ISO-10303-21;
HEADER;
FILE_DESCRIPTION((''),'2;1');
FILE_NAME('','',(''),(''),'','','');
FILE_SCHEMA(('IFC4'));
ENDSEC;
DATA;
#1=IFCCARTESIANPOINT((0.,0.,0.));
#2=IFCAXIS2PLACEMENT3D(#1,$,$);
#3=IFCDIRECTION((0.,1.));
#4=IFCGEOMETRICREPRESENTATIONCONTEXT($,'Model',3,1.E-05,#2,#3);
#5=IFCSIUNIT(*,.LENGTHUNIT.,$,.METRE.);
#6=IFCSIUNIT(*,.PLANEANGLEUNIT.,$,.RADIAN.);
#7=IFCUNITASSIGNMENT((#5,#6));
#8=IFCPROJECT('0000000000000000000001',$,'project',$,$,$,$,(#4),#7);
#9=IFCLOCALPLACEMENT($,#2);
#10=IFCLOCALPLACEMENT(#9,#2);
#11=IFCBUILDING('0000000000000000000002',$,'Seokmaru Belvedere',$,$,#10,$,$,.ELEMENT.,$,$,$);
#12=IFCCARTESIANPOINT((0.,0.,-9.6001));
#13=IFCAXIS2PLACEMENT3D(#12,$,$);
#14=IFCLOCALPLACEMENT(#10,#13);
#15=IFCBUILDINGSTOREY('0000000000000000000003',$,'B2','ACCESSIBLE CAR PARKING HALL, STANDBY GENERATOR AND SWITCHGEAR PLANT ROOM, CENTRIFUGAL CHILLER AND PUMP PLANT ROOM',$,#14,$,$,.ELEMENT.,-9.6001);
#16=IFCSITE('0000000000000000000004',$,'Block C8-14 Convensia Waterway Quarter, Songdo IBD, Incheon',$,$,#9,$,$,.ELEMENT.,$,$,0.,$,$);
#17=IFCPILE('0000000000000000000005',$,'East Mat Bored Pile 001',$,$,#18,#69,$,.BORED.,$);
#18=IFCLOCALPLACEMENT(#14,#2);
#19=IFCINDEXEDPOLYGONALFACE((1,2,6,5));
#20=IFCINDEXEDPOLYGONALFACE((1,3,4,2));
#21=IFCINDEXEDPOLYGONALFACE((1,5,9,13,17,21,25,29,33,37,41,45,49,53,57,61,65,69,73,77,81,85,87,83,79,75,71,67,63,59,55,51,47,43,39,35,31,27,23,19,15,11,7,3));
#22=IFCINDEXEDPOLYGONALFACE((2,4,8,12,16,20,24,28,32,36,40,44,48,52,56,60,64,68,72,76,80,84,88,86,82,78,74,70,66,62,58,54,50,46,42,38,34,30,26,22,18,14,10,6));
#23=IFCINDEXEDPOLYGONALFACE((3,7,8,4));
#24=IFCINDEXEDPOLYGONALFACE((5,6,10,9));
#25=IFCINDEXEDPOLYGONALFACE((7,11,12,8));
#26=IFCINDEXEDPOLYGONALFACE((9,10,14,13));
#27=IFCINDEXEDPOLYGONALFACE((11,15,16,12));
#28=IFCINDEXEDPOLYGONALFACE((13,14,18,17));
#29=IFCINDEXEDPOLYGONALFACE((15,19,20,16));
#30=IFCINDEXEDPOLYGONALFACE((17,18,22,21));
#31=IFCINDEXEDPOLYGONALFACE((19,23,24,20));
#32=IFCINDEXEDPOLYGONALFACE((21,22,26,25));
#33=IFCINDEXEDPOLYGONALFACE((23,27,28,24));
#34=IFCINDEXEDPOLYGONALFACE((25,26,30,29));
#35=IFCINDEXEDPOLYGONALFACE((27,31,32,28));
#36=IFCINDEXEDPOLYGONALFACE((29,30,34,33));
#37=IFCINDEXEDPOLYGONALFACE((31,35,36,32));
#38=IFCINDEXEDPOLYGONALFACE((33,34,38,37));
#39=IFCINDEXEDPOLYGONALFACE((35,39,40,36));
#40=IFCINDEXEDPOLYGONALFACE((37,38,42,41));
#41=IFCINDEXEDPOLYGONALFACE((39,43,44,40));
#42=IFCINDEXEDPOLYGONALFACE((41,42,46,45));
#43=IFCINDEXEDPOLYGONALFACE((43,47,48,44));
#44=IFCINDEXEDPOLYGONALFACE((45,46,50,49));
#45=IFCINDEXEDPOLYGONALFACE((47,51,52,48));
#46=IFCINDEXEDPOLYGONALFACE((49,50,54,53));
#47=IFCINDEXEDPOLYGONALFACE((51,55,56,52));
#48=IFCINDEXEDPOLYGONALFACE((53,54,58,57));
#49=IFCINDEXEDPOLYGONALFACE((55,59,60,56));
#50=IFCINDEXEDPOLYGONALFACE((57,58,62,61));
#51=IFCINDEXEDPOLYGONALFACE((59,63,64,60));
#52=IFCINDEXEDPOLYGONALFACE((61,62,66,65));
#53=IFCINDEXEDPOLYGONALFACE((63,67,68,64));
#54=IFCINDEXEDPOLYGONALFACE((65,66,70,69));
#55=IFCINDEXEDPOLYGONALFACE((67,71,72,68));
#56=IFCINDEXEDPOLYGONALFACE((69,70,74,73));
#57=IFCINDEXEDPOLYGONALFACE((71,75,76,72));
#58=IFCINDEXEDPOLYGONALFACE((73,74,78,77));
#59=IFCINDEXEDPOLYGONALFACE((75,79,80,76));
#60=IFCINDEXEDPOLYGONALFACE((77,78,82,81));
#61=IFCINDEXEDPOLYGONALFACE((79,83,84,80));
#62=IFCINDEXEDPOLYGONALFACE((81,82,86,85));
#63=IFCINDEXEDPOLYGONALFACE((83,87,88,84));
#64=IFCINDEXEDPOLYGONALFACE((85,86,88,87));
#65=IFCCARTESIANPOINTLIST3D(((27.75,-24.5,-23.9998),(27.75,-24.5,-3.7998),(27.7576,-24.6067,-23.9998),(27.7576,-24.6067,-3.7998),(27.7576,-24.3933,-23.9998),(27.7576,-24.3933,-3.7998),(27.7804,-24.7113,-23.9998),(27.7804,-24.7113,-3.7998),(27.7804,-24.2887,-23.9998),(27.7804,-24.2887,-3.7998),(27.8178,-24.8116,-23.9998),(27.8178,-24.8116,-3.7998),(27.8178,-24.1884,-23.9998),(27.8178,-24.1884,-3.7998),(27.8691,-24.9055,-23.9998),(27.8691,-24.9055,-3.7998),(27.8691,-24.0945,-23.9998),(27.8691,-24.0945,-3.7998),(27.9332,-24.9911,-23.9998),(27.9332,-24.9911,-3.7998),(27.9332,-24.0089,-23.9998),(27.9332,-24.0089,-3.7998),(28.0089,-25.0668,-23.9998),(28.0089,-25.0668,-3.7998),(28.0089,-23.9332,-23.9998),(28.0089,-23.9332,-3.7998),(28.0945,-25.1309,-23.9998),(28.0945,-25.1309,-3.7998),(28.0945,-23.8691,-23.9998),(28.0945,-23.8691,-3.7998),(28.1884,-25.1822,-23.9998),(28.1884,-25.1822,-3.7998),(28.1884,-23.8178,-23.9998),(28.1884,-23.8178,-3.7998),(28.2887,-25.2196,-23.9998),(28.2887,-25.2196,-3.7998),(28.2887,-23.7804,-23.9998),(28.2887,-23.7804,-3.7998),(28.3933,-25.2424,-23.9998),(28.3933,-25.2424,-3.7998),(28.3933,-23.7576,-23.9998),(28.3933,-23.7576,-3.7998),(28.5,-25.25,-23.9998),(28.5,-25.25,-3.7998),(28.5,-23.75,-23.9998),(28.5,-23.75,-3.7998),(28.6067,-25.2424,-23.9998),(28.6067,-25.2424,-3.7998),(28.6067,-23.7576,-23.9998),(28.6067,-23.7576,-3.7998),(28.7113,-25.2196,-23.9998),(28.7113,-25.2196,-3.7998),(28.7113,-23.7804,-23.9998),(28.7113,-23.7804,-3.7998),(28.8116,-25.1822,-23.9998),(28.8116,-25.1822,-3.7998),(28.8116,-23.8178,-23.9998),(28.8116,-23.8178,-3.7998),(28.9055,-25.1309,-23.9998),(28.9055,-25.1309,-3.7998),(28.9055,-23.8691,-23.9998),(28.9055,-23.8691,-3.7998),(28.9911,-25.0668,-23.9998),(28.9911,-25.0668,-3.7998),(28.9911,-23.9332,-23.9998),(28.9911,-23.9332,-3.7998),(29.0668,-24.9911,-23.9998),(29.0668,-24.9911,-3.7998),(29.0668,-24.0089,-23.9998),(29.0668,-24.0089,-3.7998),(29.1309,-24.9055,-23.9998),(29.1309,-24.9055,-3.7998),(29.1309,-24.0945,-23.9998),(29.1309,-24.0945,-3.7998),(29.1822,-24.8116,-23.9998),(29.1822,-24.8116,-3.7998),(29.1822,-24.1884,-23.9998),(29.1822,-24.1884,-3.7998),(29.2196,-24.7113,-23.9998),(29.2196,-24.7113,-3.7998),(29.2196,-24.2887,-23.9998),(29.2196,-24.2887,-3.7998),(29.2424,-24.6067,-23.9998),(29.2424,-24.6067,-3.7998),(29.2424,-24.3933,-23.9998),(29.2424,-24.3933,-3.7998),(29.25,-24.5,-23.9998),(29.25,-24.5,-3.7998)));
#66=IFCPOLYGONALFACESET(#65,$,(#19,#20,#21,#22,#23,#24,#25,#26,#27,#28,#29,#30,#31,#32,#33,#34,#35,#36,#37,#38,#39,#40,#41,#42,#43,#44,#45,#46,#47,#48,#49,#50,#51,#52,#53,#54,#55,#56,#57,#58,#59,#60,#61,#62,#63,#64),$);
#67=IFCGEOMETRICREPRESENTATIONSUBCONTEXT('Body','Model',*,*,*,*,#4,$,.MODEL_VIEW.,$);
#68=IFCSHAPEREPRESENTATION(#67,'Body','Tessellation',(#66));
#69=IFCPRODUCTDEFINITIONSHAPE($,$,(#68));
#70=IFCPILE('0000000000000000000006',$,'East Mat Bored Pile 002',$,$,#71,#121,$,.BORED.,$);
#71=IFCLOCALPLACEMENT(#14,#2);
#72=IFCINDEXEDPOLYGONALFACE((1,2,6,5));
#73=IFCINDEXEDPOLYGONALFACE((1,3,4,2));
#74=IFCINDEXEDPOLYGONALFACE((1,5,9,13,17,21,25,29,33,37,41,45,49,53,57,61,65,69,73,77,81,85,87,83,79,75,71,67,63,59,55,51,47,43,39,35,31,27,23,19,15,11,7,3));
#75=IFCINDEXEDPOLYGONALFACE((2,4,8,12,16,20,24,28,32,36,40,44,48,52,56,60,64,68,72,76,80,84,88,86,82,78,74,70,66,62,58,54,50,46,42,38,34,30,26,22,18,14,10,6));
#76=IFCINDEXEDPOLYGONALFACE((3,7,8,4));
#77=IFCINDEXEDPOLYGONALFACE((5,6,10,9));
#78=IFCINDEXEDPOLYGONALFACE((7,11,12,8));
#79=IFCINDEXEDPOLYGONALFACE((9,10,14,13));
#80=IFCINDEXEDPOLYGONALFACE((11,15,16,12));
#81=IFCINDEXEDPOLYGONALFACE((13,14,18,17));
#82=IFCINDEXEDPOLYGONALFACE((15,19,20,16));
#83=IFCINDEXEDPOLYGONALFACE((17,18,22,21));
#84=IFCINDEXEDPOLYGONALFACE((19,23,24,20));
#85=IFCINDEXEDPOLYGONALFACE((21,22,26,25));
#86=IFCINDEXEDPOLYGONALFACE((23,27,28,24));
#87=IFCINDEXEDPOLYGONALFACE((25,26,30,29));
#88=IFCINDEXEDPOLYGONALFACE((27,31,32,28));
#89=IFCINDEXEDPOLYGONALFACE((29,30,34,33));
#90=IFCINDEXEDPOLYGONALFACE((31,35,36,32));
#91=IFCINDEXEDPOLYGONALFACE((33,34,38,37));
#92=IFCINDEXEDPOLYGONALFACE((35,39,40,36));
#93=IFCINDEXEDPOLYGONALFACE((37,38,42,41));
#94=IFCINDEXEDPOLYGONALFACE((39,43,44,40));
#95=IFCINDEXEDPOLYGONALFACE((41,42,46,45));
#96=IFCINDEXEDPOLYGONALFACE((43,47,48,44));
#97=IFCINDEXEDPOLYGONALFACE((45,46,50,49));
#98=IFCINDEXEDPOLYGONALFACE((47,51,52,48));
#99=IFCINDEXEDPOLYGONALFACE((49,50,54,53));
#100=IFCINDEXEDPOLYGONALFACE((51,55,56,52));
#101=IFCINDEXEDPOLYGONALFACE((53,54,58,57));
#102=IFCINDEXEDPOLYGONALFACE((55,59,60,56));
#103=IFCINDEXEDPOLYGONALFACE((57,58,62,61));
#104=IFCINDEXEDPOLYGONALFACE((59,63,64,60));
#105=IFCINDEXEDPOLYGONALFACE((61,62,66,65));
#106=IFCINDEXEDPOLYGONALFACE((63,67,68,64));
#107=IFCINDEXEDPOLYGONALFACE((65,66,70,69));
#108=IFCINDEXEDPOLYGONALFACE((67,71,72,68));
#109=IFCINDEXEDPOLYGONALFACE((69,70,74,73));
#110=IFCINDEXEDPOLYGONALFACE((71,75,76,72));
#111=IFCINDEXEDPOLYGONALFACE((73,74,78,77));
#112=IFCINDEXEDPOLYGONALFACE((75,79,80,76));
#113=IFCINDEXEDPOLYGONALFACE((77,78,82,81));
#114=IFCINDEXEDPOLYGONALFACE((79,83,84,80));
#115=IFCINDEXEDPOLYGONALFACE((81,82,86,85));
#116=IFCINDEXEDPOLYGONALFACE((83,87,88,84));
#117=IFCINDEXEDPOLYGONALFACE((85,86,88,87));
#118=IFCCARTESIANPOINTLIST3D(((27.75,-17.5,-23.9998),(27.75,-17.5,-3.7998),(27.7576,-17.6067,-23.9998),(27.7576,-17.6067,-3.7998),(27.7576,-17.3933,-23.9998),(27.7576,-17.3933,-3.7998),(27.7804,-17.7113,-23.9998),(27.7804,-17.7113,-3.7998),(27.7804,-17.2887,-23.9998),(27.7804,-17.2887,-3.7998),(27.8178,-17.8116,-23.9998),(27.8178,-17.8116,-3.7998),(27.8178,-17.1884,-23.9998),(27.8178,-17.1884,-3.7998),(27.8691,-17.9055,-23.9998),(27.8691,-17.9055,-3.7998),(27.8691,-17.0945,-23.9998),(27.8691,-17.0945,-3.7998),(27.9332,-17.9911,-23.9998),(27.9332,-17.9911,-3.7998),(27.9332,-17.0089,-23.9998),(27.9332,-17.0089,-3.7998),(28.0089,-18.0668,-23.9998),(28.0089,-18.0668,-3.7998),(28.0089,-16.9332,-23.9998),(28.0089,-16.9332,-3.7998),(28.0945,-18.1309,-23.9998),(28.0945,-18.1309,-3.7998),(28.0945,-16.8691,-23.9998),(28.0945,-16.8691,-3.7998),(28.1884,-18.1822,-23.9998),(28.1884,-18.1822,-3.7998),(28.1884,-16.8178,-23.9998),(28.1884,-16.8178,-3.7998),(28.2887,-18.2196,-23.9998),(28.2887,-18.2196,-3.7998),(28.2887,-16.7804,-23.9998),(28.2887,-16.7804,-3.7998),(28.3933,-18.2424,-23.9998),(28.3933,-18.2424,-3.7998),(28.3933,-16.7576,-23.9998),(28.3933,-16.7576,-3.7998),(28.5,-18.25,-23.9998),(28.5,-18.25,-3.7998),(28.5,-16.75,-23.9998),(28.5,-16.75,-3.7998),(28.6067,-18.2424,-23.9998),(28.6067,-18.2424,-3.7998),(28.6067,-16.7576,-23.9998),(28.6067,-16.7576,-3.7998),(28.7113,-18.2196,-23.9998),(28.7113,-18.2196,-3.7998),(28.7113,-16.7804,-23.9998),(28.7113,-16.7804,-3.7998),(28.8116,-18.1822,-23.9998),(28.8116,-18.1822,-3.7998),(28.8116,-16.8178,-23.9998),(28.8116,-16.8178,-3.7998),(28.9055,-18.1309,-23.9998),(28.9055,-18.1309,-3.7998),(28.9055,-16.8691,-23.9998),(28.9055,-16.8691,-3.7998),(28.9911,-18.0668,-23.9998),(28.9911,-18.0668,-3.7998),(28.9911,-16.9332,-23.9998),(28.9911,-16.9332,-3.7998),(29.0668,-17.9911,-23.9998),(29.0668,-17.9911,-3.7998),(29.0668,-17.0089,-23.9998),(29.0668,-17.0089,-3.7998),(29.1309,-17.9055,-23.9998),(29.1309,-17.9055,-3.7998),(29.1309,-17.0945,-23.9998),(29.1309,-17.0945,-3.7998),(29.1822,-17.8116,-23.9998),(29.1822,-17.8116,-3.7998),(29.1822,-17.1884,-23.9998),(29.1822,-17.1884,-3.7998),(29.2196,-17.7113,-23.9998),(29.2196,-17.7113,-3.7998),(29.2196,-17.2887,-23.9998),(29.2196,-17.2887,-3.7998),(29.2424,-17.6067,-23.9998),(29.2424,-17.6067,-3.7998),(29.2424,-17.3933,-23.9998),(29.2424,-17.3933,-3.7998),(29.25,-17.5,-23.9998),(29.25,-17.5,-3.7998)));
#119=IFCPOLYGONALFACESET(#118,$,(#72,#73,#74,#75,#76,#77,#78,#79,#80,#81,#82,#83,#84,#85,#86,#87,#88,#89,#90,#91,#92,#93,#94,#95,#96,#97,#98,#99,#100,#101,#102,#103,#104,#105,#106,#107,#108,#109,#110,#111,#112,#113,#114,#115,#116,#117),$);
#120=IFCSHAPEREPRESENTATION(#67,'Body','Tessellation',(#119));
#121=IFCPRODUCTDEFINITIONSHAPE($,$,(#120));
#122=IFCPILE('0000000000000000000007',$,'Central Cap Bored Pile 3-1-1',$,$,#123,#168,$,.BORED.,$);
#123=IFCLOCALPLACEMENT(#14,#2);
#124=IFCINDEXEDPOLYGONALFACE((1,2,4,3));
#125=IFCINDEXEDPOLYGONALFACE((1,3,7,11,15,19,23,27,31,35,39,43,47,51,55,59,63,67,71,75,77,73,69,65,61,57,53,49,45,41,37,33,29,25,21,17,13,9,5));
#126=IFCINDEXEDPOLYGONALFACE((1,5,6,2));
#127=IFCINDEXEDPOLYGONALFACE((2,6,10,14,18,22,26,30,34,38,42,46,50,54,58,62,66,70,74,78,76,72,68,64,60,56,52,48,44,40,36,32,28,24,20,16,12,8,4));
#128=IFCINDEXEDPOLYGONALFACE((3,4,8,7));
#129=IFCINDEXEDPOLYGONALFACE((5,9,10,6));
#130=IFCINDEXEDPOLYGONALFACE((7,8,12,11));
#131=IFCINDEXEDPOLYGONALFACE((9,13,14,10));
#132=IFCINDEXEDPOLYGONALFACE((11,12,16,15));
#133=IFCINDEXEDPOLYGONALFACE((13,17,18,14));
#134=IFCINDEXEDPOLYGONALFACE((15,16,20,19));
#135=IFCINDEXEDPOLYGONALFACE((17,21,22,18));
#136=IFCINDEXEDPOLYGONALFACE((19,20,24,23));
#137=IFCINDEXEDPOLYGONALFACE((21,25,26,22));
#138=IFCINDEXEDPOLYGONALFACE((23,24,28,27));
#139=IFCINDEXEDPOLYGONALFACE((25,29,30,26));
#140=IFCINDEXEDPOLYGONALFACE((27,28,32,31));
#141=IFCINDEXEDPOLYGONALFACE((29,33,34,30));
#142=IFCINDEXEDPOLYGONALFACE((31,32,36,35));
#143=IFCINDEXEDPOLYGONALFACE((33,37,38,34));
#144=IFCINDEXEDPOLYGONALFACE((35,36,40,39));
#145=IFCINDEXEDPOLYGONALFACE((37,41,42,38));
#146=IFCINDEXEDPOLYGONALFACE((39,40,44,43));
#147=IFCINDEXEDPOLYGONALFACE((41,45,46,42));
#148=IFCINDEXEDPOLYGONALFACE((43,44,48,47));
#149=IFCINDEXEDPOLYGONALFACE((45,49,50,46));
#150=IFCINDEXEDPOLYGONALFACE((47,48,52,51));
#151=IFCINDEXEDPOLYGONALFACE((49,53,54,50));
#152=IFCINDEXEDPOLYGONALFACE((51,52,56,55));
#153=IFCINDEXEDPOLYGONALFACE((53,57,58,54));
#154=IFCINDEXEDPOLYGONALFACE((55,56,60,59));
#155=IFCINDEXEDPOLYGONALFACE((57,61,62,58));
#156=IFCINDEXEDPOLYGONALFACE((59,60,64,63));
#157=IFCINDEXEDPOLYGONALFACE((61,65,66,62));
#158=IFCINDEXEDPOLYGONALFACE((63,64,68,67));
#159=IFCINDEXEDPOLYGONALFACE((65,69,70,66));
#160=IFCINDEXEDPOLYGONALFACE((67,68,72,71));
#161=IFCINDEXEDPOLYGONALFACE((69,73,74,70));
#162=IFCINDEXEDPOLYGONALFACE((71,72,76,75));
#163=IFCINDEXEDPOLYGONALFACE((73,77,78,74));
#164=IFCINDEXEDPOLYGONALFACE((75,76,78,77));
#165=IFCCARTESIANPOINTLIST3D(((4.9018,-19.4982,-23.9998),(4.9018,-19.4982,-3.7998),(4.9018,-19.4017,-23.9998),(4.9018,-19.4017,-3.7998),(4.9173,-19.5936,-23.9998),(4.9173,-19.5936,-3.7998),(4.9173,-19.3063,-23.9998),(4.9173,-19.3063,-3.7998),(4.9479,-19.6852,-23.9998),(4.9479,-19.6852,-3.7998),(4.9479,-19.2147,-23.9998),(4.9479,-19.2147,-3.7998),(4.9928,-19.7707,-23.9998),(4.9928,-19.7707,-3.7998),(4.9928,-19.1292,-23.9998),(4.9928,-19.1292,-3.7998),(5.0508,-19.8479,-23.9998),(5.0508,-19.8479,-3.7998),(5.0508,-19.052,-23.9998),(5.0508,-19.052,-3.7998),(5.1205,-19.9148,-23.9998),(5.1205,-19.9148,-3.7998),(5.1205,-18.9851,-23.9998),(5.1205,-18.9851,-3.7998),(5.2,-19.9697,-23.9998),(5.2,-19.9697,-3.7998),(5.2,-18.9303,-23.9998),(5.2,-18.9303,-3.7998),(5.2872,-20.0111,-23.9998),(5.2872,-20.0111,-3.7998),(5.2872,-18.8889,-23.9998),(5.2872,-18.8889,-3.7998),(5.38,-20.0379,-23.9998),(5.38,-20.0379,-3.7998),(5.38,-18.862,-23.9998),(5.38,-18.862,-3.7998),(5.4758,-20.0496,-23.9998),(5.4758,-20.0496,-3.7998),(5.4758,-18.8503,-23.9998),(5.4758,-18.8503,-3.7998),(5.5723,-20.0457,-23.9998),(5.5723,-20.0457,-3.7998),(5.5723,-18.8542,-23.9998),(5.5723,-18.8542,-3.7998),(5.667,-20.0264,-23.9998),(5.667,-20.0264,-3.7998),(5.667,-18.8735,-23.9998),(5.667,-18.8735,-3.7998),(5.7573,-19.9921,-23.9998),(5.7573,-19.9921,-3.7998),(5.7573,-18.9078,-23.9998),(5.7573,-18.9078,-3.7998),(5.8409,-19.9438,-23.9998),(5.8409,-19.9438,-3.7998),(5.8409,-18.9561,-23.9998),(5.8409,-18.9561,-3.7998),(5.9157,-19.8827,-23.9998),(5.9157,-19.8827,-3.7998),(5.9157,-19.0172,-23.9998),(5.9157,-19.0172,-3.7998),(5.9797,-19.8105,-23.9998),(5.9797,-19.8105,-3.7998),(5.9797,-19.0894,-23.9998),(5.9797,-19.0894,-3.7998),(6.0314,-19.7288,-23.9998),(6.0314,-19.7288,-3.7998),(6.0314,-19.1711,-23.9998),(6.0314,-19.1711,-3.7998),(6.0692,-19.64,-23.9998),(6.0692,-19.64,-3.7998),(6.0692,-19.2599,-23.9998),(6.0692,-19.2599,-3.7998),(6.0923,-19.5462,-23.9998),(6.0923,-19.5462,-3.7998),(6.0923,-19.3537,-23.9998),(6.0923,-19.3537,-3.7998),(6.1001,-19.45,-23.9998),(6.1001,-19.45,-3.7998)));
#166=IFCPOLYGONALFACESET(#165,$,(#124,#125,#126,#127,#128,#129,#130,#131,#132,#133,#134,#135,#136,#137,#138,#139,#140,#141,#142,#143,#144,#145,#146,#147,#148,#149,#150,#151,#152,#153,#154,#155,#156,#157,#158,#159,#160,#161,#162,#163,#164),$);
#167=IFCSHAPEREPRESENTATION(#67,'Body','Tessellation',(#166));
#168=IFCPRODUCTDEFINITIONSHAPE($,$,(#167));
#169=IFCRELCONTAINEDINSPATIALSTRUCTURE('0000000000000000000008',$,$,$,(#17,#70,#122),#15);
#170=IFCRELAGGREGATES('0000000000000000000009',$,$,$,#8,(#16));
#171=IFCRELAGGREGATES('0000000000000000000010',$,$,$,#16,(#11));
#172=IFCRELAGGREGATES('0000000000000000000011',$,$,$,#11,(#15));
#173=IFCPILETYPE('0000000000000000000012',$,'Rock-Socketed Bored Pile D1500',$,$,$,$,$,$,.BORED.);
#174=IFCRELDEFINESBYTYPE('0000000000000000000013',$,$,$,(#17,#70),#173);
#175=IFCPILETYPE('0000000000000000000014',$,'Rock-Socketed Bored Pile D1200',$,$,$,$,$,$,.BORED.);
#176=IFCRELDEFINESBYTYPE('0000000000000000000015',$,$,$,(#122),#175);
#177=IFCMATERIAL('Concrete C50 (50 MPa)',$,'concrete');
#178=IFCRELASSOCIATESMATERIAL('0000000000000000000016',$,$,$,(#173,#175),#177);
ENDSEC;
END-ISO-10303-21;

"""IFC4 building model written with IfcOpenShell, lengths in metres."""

from ifc_helpers import new_model, si_unit, direction, frame, origin, origin_2d, place, context, subcontext, project, spatial, circle, extrude, source, transform, mapped, material, material_profile, profile_set, type_object, type_shapes, element, save


model = new_model("IFC4")

# Units and contexts
model_context = context("Model", 3, precision=1e-05, world=origin(), true_north=direction((0.0, 1.0)))
body_context = subcontext(model_context, "Body", "Model", "MODEL_VIEW")
ifc_project = project(units=[si_unit("LENGTHUNIT", "METRE"), si_unit("PLANEANGLEUNIT", "RADIAN")], contexts=[model_context])

# Site, building, storey
site_placement = place(None, origin())
site = spatial("IfcSite", under=ifc_project, at=site_placement, Name="Block C8-14 Convensia Waterway Quarter, Songdo IBD, Incheon", CompositionType="ELEMENT", RefElevation=0.0)
building_placement = place(site_placement, origin())
building = spatial("IfcBuilding", under=site, at=building_placement, Name="Seokmaru Belvedere", CompositionType="ELEMENT")
storey_placement = place(building_placement, frame((0.0, 0.0, -9.6001)))
storey = spatial("IfcBuildingStorey", under=building, at=storey_placement, Name="B2", Description="ACCESSIBLE CAR PARKING HALL, STANDBY GENERATOR AND SWITCHGEAR PLANT ROOM, CENTRIFUGAL CHILLER AND PUMP PLANT ROOM", CompositionType="ELEMENT", Elevation=-9.6001)

# Piles
ifc_material_1 = material(Name="Concrete C50 (50 MPa)", Category="concrete")
ifc_material_profile_1 = material_profile(ifc_material_1, circle(Radius=0.75, at=origin_2d()), Name="PILE-D1500")
ifc_profile_set_1 = profile_set([ifc_material_profile_1], Name="Concrete C50 (50 MPa)")
pile_type_1 = type_object("IfcPileType", Name="Rock-Socketed Bored Pile D1500", PredefinedType="BORED", material=ifc_profile_set_1)
shared_shape_1 = source(origin(), body_context, "Body", "SweptSolid", [
    extrude(circle(Radius=0.75, at=origin_2d()), origin(), (0.0, 0.0, 1.0), 20.2),
])
type_shapes(pile_type_1, [shared_shape_1])
for number, where, z_axis, x_axis, name in (
    (1, (28.5, -24.5, -3.7998), (0.0, 0.0, -1.0), (1.0, 0.0, 0.0), "East Mat Bored Pile 001"),
    (2, (28.5, -17.5, -3.7998), (0.0, 0.0, -1.0), (1.0, 0.0, 0.0), "East Mat Bored Pile 002"),
):
    element("IfcPile", number, at=place(storey_placement, frame(where, z_axis=z_axis, x_axis=x_axis)), inside=storey, type_object=pile_type_1, Name=name, PredefinedType="BORED", context=body_context, shape_type="MappedRepresentation", body=[
        mapped(shared_shape_1, transform((0.0, 0.0, 0.0), scale=1.0)),
    ])
ifc_material_profile_2 = material_profile(ifc_material_1, circle(Radius=0.6001, at=origin_2d()), Name="PILE-D1200")
ifc_profile_set_2 = profile_set([ifc_material_profile_2], Name="Concrete C50 (50 MPa)")
pile_type_2 = type_object("IfcPileType", Name="Rock-Socketed Bored Pile D1200", PredefinedType="BORED", material=ifc_profile_set_2)
shared_shape_2 = source(origin(), body_context, "Body", "SweptSolid", [
    extrude(circle(Radius=0.6001, at=origin_2d()), origin(), (0.0, 0.0, 1.0), 20.2),
])
type_shapes(pile_type_2, [shared_shape_2])
for number, where, z_axis, x_axis, name in (
    (3, (5.5, -19.45, -3.7998), (0.0, 0.0, -1.0), (1.0, 0.0, 0.0), "Central Cap Bored Pile 3-1-1"),
):
    element("IfcPile", number, at=place(storey_placement, frame(where, z_axis=z_axis, x_axis=x_axis)), inside=storey, type_object=pile_type_2, Name=name, PredefinedType="BORED", context=body_context, shape_type="MappedRepresentation", body=[
        mapped(shared_shape_2, transform((0.0, 0.0, 0.0), scale=1.0)),
    ])

save(model, "model.ifc")
